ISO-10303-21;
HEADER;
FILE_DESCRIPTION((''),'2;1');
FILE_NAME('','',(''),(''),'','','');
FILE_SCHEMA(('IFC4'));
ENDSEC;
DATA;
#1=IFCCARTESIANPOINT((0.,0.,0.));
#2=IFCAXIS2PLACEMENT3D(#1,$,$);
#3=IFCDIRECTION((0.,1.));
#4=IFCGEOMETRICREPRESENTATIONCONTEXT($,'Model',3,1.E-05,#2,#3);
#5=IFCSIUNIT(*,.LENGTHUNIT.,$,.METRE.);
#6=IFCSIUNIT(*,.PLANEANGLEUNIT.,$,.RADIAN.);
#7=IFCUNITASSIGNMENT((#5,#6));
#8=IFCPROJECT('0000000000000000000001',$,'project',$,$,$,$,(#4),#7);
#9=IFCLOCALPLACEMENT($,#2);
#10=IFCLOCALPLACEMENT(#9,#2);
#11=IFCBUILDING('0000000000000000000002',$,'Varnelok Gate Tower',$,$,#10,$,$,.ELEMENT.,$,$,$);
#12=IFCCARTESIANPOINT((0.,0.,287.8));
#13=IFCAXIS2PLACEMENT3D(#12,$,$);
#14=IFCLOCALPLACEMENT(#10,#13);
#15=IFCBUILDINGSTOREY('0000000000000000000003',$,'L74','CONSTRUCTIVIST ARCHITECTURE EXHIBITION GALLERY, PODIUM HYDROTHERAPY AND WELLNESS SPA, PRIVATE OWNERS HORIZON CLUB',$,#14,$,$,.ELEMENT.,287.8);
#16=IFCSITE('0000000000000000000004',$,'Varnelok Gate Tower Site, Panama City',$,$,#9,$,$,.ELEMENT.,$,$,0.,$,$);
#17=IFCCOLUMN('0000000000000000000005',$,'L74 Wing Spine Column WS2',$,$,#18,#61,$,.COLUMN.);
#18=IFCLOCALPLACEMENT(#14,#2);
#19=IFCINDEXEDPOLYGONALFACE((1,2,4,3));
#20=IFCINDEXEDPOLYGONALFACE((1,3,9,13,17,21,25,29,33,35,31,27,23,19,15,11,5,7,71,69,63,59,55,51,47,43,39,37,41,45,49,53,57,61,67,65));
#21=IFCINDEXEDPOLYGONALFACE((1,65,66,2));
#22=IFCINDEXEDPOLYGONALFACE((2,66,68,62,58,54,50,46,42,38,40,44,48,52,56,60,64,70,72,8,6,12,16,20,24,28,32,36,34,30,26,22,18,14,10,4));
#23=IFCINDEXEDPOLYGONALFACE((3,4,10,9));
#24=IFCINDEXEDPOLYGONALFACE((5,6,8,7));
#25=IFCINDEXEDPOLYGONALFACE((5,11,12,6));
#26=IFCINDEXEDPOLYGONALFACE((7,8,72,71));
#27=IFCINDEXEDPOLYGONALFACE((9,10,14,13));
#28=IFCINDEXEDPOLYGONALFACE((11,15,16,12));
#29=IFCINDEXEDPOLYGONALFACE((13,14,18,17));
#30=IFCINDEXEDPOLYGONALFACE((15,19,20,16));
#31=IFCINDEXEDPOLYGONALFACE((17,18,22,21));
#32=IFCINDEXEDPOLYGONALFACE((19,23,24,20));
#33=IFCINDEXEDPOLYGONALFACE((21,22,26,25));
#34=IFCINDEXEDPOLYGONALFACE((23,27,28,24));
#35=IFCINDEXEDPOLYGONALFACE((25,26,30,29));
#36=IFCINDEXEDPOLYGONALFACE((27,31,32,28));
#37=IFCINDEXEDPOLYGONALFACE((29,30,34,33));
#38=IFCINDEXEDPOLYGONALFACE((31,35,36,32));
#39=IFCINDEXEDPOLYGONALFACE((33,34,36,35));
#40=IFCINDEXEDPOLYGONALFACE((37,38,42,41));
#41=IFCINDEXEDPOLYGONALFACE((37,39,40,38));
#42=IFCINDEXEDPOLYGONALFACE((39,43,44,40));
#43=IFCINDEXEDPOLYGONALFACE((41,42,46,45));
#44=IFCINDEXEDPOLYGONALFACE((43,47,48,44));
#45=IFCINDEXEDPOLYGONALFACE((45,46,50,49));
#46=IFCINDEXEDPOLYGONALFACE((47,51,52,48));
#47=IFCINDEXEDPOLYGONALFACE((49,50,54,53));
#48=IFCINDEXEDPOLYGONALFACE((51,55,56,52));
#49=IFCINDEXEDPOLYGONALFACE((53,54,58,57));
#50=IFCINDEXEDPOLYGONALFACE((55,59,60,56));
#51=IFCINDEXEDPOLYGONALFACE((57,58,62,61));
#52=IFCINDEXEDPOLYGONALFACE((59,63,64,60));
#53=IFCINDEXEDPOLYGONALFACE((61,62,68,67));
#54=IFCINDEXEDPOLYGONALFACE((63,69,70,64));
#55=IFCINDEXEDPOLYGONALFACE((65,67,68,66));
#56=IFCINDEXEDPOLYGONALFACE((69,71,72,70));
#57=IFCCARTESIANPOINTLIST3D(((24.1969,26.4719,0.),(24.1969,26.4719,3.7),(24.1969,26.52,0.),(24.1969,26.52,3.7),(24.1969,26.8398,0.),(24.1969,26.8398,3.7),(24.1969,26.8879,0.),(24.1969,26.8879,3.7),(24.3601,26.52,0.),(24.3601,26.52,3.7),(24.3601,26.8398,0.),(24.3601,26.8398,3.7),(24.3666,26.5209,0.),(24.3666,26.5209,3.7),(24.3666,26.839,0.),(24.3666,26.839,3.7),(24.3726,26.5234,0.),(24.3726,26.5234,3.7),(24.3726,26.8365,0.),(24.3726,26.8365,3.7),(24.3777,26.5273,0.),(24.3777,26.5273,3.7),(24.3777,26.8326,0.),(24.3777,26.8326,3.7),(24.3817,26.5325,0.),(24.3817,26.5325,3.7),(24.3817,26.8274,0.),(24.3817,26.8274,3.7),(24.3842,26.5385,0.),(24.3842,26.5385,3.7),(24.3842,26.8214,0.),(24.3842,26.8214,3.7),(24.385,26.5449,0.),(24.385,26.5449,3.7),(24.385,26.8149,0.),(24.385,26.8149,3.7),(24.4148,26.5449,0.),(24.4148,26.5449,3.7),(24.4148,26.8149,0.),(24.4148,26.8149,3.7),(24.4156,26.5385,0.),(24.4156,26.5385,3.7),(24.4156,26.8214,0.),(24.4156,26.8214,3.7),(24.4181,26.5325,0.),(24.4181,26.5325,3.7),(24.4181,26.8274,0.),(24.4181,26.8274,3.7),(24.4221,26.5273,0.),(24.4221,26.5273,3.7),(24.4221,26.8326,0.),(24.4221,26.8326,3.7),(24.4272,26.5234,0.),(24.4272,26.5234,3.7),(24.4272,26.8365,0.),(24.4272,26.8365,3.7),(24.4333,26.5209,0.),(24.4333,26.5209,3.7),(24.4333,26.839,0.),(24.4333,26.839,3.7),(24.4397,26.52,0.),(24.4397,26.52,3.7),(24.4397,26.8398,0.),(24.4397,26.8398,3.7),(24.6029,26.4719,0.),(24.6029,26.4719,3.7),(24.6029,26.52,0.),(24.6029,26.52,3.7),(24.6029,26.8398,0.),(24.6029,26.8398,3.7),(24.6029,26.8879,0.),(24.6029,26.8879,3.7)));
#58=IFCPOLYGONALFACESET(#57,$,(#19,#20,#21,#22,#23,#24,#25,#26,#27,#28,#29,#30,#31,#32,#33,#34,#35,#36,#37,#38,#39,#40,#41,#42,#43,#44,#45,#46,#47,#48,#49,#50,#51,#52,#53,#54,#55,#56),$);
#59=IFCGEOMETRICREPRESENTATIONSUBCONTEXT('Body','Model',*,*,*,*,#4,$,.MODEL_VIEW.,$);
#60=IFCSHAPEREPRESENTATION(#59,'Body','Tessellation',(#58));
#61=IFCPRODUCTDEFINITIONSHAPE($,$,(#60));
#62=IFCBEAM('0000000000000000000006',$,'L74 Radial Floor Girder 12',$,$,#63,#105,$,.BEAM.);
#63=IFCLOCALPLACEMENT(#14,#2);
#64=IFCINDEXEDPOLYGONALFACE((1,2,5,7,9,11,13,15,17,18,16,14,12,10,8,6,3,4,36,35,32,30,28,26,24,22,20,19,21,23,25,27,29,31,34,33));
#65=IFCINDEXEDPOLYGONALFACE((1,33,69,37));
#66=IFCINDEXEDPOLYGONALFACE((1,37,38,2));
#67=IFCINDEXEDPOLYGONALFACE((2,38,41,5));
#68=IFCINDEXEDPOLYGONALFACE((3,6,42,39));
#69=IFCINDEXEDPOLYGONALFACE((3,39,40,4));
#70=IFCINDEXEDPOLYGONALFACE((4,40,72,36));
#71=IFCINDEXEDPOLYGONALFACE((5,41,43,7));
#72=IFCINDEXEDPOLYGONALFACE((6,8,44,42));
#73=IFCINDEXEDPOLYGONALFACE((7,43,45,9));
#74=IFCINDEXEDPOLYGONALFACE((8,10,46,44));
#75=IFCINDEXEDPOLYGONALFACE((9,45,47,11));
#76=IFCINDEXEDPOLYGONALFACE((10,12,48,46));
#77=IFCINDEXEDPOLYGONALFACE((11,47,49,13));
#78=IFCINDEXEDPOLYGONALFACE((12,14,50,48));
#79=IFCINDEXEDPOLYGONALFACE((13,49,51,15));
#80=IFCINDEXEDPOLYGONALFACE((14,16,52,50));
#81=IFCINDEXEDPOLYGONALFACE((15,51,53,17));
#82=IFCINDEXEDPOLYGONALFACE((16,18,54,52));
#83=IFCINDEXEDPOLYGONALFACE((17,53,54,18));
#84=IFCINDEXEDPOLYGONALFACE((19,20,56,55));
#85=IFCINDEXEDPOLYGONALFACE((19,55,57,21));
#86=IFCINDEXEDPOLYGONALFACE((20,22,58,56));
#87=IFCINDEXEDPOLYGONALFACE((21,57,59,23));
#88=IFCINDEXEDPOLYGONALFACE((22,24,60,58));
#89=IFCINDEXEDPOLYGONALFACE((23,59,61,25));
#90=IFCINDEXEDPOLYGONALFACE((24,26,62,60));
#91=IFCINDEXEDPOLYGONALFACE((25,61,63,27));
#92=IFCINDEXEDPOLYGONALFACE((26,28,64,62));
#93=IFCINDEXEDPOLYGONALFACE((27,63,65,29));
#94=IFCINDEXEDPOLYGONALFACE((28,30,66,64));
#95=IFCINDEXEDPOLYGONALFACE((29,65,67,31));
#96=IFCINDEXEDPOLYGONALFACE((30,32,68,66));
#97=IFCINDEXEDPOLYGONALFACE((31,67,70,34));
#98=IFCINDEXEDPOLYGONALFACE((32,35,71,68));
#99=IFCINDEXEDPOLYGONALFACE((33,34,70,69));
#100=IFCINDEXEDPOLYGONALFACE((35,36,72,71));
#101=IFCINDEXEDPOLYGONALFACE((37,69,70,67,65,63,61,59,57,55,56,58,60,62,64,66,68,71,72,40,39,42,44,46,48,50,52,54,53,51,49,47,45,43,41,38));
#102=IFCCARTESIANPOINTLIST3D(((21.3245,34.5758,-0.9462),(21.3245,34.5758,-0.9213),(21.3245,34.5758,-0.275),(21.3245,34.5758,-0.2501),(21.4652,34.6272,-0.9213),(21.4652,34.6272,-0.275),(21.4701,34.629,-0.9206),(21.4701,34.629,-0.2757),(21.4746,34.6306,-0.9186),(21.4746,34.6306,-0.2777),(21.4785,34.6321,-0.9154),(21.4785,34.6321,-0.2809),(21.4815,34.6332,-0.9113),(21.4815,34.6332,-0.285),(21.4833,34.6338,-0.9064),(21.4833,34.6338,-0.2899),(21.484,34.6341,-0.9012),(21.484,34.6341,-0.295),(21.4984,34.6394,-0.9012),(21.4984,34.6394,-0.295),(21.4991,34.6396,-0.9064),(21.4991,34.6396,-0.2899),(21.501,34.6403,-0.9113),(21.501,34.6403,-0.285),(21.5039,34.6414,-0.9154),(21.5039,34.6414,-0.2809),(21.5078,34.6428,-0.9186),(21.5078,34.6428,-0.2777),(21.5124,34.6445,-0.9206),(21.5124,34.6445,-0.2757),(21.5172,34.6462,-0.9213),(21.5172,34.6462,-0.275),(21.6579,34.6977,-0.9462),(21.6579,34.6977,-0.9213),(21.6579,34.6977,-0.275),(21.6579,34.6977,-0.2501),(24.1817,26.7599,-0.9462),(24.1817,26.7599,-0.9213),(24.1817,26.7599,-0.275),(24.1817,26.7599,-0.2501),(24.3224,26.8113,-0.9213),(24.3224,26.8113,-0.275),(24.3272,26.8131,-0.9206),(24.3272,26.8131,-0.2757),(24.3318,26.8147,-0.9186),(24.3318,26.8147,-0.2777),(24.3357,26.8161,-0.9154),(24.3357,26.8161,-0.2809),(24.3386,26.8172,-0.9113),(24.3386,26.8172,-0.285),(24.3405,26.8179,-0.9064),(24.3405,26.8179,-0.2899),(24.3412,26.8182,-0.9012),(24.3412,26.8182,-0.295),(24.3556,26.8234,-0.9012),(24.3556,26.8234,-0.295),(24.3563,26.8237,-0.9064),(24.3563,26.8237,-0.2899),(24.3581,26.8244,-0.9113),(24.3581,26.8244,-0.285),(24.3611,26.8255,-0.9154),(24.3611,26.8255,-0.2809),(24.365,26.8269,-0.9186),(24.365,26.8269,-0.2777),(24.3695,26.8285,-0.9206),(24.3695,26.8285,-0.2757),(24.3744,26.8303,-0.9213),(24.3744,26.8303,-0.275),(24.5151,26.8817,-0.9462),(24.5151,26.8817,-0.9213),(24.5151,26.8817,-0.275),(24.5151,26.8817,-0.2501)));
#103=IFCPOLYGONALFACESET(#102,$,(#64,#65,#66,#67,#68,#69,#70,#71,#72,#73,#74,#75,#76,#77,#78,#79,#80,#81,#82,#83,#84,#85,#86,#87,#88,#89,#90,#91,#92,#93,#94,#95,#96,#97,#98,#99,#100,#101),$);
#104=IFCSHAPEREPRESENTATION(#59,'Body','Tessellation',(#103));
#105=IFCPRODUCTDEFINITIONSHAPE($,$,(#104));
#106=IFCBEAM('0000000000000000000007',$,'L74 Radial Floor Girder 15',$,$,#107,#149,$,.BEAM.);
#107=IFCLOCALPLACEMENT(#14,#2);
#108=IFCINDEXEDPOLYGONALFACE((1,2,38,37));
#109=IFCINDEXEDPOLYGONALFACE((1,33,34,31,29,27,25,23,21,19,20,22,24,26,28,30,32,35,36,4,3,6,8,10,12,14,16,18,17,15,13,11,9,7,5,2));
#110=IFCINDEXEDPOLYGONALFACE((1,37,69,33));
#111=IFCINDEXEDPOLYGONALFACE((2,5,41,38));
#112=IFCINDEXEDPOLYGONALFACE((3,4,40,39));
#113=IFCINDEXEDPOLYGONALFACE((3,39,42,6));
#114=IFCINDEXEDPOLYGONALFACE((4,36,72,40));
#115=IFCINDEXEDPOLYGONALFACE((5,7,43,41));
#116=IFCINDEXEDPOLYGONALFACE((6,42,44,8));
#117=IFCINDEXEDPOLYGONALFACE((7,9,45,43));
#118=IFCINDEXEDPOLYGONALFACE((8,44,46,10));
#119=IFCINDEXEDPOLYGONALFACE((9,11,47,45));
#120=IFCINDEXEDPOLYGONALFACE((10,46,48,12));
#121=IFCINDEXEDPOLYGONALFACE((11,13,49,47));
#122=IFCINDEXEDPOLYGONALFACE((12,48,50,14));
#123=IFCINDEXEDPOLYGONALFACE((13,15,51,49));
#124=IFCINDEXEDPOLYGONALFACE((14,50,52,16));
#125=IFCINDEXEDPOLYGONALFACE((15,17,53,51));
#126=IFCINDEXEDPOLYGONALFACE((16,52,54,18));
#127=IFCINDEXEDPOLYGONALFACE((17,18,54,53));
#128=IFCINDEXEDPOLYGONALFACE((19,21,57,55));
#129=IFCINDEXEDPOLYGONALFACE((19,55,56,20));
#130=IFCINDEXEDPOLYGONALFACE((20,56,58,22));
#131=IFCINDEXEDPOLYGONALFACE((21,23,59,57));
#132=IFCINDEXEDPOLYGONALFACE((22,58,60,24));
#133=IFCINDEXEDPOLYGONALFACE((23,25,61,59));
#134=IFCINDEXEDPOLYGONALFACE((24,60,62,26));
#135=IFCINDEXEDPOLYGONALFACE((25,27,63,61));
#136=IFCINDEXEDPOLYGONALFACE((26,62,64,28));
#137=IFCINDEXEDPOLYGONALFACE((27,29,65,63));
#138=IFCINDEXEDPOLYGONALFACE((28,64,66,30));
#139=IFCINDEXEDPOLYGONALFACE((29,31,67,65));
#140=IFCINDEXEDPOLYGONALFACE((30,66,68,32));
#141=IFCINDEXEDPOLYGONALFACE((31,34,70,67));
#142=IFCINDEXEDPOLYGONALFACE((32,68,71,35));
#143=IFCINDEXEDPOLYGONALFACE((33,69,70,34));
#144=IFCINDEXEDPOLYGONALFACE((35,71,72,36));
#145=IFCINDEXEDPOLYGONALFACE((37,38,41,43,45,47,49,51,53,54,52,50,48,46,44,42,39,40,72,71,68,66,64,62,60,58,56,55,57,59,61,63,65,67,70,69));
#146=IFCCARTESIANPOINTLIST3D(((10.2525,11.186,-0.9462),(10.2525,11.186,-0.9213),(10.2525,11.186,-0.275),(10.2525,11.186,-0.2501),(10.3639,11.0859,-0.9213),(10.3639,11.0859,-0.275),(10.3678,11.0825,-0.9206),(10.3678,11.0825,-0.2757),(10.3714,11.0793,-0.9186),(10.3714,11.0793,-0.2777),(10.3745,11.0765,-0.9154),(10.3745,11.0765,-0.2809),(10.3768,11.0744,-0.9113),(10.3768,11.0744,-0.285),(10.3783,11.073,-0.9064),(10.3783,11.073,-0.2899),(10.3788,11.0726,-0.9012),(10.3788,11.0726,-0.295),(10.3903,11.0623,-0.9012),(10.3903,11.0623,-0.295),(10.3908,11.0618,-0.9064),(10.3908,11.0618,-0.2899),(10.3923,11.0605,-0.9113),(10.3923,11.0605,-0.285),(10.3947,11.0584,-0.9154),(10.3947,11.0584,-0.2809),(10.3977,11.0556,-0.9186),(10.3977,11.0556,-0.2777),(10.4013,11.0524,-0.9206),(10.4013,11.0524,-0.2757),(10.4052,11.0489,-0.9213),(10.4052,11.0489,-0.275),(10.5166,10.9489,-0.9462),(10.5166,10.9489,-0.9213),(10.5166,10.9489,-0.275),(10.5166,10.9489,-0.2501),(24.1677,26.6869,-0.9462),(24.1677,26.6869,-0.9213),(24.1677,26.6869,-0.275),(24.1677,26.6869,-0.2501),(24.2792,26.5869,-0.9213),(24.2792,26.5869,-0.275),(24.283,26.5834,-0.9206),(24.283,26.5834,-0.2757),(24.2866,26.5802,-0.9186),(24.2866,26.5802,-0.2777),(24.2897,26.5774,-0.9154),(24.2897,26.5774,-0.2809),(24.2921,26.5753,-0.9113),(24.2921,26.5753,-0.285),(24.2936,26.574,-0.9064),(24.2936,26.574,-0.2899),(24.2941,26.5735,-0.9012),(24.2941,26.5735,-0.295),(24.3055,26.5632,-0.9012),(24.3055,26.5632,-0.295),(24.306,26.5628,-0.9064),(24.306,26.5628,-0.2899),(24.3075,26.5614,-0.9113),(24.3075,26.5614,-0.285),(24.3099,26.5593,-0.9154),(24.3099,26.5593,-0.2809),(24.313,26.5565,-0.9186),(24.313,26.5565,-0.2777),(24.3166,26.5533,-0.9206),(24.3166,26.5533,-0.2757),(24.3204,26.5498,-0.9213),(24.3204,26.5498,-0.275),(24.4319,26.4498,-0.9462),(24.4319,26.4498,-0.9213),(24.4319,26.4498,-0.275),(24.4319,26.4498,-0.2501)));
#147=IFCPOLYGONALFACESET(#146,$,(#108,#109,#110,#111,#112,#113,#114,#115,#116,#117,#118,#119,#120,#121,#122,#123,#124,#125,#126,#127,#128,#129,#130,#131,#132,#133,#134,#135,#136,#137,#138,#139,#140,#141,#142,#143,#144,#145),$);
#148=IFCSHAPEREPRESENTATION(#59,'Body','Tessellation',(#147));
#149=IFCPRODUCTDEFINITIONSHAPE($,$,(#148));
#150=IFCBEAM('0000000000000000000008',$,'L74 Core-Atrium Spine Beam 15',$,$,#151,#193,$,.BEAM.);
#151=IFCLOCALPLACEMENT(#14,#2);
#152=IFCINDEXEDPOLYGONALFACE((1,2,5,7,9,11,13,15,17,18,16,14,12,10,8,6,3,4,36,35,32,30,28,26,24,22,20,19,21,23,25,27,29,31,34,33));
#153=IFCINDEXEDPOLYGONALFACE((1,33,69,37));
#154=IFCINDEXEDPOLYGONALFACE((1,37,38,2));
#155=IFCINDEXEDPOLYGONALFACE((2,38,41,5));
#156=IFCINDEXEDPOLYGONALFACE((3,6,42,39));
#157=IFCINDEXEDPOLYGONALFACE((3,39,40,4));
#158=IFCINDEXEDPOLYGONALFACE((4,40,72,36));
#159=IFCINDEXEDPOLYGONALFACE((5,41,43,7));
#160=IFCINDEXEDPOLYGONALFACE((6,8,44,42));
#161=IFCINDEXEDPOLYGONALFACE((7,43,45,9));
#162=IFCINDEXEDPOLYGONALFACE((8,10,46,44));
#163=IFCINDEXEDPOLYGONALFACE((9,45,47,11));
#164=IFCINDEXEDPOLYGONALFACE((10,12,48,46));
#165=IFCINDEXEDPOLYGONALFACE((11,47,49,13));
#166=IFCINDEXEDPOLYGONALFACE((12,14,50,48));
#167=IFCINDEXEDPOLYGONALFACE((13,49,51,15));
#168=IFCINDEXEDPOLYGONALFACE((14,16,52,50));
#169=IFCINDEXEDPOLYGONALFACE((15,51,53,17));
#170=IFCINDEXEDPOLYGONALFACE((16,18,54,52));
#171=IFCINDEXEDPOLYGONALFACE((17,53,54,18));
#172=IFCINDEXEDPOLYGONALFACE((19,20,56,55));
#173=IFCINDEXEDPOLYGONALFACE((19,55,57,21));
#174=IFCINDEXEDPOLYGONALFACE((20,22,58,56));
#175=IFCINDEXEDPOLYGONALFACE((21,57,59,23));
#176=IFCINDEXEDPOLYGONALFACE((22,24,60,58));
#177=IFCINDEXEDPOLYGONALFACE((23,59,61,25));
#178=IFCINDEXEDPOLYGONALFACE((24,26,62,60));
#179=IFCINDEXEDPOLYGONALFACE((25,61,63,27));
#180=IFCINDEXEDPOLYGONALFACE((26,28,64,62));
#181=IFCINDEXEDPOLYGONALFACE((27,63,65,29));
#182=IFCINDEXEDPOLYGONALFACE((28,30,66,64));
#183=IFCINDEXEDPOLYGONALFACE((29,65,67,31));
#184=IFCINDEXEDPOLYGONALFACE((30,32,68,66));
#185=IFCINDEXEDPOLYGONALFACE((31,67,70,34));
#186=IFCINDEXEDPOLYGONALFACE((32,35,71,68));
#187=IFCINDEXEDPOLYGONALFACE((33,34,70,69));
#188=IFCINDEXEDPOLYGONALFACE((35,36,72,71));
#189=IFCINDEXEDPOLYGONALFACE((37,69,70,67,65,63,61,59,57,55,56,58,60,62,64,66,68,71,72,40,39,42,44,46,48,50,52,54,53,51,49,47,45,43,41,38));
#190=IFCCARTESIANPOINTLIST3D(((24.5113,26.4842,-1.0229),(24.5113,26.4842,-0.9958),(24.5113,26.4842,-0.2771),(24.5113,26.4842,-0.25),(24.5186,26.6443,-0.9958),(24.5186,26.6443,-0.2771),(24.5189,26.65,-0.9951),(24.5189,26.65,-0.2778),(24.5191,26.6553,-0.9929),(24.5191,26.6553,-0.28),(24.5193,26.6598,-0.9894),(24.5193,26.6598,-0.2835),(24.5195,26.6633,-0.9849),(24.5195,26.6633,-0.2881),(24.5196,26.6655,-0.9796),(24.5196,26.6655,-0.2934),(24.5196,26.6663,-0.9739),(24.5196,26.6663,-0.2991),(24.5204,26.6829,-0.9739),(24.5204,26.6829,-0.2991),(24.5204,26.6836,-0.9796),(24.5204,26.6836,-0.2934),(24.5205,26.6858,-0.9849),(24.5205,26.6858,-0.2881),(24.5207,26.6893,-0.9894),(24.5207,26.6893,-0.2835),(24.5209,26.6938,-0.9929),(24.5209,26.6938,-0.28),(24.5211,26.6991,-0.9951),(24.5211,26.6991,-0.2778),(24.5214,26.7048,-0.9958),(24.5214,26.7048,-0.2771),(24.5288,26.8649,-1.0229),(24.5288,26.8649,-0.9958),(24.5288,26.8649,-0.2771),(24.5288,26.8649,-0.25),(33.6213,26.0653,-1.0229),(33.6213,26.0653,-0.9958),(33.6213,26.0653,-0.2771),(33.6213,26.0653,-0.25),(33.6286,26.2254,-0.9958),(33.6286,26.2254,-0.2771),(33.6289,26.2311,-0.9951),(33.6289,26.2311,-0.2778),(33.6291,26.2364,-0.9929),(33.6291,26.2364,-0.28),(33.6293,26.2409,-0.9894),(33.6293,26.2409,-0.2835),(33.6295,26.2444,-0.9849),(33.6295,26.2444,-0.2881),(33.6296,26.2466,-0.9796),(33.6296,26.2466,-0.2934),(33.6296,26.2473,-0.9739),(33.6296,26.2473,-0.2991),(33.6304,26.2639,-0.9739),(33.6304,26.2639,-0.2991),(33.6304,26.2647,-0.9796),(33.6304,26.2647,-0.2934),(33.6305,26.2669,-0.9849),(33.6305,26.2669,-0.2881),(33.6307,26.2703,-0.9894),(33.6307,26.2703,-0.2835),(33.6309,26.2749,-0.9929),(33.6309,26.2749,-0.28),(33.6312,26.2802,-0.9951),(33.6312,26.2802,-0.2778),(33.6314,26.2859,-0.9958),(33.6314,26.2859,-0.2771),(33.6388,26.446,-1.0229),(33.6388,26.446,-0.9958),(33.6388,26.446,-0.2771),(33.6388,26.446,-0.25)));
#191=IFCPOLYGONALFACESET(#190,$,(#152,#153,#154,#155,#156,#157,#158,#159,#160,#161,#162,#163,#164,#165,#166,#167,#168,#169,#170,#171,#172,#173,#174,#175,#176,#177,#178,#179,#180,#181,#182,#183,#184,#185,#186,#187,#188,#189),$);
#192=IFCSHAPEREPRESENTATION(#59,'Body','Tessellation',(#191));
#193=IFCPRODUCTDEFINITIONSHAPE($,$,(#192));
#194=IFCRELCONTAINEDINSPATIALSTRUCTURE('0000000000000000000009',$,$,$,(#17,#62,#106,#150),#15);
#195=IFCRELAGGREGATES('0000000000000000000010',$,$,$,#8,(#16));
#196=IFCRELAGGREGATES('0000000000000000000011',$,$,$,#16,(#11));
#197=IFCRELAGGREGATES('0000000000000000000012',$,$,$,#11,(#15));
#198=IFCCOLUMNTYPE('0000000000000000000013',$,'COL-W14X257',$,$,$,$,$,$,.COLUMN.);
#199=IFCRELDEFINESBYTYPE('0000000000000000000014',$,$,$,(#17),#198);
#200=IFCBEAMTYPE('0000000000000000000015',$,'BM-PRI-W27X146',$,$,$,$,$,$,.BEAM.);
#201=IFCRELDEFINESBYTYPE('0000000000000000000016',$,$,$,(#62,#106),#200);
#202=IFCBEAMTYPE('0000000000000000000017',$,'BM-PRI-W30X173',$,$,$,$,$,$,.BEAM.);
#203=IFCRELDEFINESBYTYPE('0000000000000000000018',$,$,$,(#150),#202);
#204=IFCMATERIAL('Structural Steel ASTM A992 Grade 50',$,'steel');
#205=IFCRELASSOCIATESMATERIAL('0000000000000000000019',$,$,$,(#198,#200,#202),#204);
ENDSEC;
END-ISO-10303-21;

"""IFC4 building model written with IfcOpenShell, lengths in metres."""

from ifc_helpers import new_model, si_unit, direction, frame, origin, origin_2d, place, context, subcontext, project, spatial, i_section, extrude, material, material_profile, profile_set, type_object, element, save


model = new_model("IFC4")

# Units and contexts
model_context = context("Model", 3, precision=1e-05, world=origin(), true_north=direction((0.0, 1.0)))
body_context = subcontext(model_context, "Body", "Model", "MODEL_VIEW")
ifc_project = project(units=[si_unit("LENGTHUNIT", "METRE"), si_unit("PLANEANGLEUNIT", "RADIAN")], contexts=[model_context])

# Site, building, storey
site_placement = place(None, origin())
site = spatial("IfcSite", under=ifc_project, at=site_placement, Name="Varnelok Gate Tower Site, Panama City", CompositionType="ELEMENT", RefElevation=0.0)
building_placement = place(site_placement, origin())
building = spatial("IfcBuilding", under=site, at=building_placement, Name="Varnelok Gate Tower", CompositionType="ELEMENT")
storey_placement = place(building_placement, frame((0.0, 0.0, 287.8)))
storey = spatial("IfcBuildingStorey", under=building, at=storey_placement, Name="L74", Description="CONSTRUCTIVIST ARCHITECTURE EXHIBITION GALLERY, PODIUM HYDROTHERAPY AND WELLNESS SPA, PRIVATE OWNERS HORIZON CLUB", CompositionType="ELEMENT", Elevation=287.8)

# Column
ifc_material_1 = material(Name="Structural Steel ASTM A992 Grade 50", Category="steel")
ifc_material_profile_1 = material_profile(ifc_material_1, i_section(OverallWidth=0.406, OverallDepth=0.416, WebThickness=0.0298, FlangeThickness=0.0481, FilletRadius=0.0249, at=origin_2d()), Name="W14X257")
ifc_profile_set_1 = profile_set([ifc_material_profile_1], Name="Structural Steel ASTM A992 Grade 50")
column_type = type_object("IfcColumnType", Name="COL-W14X257", PredefinedType="COLUMN", material=ifc_profile_set_1)
column_placement = place(storey_placement, frame((24.3999, 26.6799, 0.0), z_axis=(0.0, 0.0, 1.0), x_axis=(1.0, 0.0, 0.0)))
element("IfcColumn", 1, at=column_placement, inside=storey, type_object=column_type, Name="L74 Wing Spine Column WS2", PredefinedType="COLUMN", context=body_context, shape_type="SweptSolid", body=[
    extrude(i_section(OverallWidth=0.406, OverallDepth=0.416, WebThickness=0.0298, FlangeThickness=0.0481, FilletRadius=0.0249, at=origin_2d()), origin(), (0.0, 0.0, 1.0), 3.7),
])

# Beams
ifc_material_profile_2 = material_profile(ifc_material_1, i_section(OverallWidth=0.355, OverallDepth=0.696, WebThickness=0.0154, FlangeThickness=0.0249, FilletRadius=0.02, at=origin_2d()), Name="W27X146")
ifc_profile_set_2 = profile_set([ifc_material_profile_2], Name="Structural Steel ASTM A992 Grade 50")
beam_type_1 = type_object("IfcBeamType", Name="BM-PRI-W27X146", PredefinedType="BEAM", material=ifc_profile_set_2)
beam_1_placement = place(storey_placement, frame((24.3484, 26.8208, -0.5981), z_axis=(-0.343337, 0.939212, 0.0), x_axis=(-0.939212, -0.343337, 0.0)))
element("IfcBeam", 2, at=beam_1_placement, inside=storey, type_object=beam_type_1, Name="L74 Radial Floor Girder 12", PredefinedType="BEAM", context=body_context, shape_type="SweptSolid", body=[
    extrude(i_section(OverallWidth=0.355, OverallDepth=0.696, WebThickness=0.0154, FlangeThickness=0.0249, FilletRadius=0.02, at=origin_2d()), origin(), (0.0, 0.0, 1.0), 8.3218),
])
beam_2_placement = place(storey_placement, frame((24.2998, 26.5684, -0.5981), z_axis=(-0.66802, -0.744143, 0.0), x_axis=(0.744143, -0.66802, 0.0)))
element("IfcBeam", 3, at=beam_2_placement, inside=storey, type_object=beam_type_1, Name="L74 Radial Floor Girder 15", PredefinedType="BEAM", context=body_context, shape_type="SweptSolid", body=[
    extrude(i_section(OverallWidth=0.355, OverallDepth=0.696, WebThickness=0.0154, FlangeThickness=0.0249, FilletRadius=0.02, at=origin_2d()), origin(), (0.0, 0.0, 1.0), 20.8306),
])
ifc_material_profile_3 = material_profile(ifc_material_1, i_section(OverallWidth=0.3811, OverallDepth=0.7729, WebThickness=0.0166, FlangeThickness=0.0271, FilletRadius=0.022, at=origin_2d()), Name="W30X173")
ifc_profile_set_3 = profile_set([ifc_material_profile_3], Name="Structural Steel ASTM A992 Grade 50")
beam_type_2 = type_object("IfcBeamType", Name="BM-PRI-W30X173", PredefinedType="BEAM", material=ifc_profile_set_3)
beam_3_placement = place(storey_placement, frame((24.52, 26.6746, -0.6365), z_axis=(0.998944, -0.045938, 0.0), x_axis=(0.045938, 0.998944, 0.0)))
element("IfcBeam", 4, at=beam_3_placement, inside=storey, type_object=beam_type_2, Name="L74 Core-Atrium Spine Beam 15", PredefinedType="BEAM", context=body_context, shape_type="SweptSolid", body=[
    extrude(i_section(OverallWidth=0.3811, OverallDepth=0.7729, WebThickness=0.0166, FlangeThickness=0.0271, FilletRadius=0.022, at=origin_2d()), origin(), (0.0, 0.0, 1.0), 9.1196),
])

save(model, "model.ifc")
